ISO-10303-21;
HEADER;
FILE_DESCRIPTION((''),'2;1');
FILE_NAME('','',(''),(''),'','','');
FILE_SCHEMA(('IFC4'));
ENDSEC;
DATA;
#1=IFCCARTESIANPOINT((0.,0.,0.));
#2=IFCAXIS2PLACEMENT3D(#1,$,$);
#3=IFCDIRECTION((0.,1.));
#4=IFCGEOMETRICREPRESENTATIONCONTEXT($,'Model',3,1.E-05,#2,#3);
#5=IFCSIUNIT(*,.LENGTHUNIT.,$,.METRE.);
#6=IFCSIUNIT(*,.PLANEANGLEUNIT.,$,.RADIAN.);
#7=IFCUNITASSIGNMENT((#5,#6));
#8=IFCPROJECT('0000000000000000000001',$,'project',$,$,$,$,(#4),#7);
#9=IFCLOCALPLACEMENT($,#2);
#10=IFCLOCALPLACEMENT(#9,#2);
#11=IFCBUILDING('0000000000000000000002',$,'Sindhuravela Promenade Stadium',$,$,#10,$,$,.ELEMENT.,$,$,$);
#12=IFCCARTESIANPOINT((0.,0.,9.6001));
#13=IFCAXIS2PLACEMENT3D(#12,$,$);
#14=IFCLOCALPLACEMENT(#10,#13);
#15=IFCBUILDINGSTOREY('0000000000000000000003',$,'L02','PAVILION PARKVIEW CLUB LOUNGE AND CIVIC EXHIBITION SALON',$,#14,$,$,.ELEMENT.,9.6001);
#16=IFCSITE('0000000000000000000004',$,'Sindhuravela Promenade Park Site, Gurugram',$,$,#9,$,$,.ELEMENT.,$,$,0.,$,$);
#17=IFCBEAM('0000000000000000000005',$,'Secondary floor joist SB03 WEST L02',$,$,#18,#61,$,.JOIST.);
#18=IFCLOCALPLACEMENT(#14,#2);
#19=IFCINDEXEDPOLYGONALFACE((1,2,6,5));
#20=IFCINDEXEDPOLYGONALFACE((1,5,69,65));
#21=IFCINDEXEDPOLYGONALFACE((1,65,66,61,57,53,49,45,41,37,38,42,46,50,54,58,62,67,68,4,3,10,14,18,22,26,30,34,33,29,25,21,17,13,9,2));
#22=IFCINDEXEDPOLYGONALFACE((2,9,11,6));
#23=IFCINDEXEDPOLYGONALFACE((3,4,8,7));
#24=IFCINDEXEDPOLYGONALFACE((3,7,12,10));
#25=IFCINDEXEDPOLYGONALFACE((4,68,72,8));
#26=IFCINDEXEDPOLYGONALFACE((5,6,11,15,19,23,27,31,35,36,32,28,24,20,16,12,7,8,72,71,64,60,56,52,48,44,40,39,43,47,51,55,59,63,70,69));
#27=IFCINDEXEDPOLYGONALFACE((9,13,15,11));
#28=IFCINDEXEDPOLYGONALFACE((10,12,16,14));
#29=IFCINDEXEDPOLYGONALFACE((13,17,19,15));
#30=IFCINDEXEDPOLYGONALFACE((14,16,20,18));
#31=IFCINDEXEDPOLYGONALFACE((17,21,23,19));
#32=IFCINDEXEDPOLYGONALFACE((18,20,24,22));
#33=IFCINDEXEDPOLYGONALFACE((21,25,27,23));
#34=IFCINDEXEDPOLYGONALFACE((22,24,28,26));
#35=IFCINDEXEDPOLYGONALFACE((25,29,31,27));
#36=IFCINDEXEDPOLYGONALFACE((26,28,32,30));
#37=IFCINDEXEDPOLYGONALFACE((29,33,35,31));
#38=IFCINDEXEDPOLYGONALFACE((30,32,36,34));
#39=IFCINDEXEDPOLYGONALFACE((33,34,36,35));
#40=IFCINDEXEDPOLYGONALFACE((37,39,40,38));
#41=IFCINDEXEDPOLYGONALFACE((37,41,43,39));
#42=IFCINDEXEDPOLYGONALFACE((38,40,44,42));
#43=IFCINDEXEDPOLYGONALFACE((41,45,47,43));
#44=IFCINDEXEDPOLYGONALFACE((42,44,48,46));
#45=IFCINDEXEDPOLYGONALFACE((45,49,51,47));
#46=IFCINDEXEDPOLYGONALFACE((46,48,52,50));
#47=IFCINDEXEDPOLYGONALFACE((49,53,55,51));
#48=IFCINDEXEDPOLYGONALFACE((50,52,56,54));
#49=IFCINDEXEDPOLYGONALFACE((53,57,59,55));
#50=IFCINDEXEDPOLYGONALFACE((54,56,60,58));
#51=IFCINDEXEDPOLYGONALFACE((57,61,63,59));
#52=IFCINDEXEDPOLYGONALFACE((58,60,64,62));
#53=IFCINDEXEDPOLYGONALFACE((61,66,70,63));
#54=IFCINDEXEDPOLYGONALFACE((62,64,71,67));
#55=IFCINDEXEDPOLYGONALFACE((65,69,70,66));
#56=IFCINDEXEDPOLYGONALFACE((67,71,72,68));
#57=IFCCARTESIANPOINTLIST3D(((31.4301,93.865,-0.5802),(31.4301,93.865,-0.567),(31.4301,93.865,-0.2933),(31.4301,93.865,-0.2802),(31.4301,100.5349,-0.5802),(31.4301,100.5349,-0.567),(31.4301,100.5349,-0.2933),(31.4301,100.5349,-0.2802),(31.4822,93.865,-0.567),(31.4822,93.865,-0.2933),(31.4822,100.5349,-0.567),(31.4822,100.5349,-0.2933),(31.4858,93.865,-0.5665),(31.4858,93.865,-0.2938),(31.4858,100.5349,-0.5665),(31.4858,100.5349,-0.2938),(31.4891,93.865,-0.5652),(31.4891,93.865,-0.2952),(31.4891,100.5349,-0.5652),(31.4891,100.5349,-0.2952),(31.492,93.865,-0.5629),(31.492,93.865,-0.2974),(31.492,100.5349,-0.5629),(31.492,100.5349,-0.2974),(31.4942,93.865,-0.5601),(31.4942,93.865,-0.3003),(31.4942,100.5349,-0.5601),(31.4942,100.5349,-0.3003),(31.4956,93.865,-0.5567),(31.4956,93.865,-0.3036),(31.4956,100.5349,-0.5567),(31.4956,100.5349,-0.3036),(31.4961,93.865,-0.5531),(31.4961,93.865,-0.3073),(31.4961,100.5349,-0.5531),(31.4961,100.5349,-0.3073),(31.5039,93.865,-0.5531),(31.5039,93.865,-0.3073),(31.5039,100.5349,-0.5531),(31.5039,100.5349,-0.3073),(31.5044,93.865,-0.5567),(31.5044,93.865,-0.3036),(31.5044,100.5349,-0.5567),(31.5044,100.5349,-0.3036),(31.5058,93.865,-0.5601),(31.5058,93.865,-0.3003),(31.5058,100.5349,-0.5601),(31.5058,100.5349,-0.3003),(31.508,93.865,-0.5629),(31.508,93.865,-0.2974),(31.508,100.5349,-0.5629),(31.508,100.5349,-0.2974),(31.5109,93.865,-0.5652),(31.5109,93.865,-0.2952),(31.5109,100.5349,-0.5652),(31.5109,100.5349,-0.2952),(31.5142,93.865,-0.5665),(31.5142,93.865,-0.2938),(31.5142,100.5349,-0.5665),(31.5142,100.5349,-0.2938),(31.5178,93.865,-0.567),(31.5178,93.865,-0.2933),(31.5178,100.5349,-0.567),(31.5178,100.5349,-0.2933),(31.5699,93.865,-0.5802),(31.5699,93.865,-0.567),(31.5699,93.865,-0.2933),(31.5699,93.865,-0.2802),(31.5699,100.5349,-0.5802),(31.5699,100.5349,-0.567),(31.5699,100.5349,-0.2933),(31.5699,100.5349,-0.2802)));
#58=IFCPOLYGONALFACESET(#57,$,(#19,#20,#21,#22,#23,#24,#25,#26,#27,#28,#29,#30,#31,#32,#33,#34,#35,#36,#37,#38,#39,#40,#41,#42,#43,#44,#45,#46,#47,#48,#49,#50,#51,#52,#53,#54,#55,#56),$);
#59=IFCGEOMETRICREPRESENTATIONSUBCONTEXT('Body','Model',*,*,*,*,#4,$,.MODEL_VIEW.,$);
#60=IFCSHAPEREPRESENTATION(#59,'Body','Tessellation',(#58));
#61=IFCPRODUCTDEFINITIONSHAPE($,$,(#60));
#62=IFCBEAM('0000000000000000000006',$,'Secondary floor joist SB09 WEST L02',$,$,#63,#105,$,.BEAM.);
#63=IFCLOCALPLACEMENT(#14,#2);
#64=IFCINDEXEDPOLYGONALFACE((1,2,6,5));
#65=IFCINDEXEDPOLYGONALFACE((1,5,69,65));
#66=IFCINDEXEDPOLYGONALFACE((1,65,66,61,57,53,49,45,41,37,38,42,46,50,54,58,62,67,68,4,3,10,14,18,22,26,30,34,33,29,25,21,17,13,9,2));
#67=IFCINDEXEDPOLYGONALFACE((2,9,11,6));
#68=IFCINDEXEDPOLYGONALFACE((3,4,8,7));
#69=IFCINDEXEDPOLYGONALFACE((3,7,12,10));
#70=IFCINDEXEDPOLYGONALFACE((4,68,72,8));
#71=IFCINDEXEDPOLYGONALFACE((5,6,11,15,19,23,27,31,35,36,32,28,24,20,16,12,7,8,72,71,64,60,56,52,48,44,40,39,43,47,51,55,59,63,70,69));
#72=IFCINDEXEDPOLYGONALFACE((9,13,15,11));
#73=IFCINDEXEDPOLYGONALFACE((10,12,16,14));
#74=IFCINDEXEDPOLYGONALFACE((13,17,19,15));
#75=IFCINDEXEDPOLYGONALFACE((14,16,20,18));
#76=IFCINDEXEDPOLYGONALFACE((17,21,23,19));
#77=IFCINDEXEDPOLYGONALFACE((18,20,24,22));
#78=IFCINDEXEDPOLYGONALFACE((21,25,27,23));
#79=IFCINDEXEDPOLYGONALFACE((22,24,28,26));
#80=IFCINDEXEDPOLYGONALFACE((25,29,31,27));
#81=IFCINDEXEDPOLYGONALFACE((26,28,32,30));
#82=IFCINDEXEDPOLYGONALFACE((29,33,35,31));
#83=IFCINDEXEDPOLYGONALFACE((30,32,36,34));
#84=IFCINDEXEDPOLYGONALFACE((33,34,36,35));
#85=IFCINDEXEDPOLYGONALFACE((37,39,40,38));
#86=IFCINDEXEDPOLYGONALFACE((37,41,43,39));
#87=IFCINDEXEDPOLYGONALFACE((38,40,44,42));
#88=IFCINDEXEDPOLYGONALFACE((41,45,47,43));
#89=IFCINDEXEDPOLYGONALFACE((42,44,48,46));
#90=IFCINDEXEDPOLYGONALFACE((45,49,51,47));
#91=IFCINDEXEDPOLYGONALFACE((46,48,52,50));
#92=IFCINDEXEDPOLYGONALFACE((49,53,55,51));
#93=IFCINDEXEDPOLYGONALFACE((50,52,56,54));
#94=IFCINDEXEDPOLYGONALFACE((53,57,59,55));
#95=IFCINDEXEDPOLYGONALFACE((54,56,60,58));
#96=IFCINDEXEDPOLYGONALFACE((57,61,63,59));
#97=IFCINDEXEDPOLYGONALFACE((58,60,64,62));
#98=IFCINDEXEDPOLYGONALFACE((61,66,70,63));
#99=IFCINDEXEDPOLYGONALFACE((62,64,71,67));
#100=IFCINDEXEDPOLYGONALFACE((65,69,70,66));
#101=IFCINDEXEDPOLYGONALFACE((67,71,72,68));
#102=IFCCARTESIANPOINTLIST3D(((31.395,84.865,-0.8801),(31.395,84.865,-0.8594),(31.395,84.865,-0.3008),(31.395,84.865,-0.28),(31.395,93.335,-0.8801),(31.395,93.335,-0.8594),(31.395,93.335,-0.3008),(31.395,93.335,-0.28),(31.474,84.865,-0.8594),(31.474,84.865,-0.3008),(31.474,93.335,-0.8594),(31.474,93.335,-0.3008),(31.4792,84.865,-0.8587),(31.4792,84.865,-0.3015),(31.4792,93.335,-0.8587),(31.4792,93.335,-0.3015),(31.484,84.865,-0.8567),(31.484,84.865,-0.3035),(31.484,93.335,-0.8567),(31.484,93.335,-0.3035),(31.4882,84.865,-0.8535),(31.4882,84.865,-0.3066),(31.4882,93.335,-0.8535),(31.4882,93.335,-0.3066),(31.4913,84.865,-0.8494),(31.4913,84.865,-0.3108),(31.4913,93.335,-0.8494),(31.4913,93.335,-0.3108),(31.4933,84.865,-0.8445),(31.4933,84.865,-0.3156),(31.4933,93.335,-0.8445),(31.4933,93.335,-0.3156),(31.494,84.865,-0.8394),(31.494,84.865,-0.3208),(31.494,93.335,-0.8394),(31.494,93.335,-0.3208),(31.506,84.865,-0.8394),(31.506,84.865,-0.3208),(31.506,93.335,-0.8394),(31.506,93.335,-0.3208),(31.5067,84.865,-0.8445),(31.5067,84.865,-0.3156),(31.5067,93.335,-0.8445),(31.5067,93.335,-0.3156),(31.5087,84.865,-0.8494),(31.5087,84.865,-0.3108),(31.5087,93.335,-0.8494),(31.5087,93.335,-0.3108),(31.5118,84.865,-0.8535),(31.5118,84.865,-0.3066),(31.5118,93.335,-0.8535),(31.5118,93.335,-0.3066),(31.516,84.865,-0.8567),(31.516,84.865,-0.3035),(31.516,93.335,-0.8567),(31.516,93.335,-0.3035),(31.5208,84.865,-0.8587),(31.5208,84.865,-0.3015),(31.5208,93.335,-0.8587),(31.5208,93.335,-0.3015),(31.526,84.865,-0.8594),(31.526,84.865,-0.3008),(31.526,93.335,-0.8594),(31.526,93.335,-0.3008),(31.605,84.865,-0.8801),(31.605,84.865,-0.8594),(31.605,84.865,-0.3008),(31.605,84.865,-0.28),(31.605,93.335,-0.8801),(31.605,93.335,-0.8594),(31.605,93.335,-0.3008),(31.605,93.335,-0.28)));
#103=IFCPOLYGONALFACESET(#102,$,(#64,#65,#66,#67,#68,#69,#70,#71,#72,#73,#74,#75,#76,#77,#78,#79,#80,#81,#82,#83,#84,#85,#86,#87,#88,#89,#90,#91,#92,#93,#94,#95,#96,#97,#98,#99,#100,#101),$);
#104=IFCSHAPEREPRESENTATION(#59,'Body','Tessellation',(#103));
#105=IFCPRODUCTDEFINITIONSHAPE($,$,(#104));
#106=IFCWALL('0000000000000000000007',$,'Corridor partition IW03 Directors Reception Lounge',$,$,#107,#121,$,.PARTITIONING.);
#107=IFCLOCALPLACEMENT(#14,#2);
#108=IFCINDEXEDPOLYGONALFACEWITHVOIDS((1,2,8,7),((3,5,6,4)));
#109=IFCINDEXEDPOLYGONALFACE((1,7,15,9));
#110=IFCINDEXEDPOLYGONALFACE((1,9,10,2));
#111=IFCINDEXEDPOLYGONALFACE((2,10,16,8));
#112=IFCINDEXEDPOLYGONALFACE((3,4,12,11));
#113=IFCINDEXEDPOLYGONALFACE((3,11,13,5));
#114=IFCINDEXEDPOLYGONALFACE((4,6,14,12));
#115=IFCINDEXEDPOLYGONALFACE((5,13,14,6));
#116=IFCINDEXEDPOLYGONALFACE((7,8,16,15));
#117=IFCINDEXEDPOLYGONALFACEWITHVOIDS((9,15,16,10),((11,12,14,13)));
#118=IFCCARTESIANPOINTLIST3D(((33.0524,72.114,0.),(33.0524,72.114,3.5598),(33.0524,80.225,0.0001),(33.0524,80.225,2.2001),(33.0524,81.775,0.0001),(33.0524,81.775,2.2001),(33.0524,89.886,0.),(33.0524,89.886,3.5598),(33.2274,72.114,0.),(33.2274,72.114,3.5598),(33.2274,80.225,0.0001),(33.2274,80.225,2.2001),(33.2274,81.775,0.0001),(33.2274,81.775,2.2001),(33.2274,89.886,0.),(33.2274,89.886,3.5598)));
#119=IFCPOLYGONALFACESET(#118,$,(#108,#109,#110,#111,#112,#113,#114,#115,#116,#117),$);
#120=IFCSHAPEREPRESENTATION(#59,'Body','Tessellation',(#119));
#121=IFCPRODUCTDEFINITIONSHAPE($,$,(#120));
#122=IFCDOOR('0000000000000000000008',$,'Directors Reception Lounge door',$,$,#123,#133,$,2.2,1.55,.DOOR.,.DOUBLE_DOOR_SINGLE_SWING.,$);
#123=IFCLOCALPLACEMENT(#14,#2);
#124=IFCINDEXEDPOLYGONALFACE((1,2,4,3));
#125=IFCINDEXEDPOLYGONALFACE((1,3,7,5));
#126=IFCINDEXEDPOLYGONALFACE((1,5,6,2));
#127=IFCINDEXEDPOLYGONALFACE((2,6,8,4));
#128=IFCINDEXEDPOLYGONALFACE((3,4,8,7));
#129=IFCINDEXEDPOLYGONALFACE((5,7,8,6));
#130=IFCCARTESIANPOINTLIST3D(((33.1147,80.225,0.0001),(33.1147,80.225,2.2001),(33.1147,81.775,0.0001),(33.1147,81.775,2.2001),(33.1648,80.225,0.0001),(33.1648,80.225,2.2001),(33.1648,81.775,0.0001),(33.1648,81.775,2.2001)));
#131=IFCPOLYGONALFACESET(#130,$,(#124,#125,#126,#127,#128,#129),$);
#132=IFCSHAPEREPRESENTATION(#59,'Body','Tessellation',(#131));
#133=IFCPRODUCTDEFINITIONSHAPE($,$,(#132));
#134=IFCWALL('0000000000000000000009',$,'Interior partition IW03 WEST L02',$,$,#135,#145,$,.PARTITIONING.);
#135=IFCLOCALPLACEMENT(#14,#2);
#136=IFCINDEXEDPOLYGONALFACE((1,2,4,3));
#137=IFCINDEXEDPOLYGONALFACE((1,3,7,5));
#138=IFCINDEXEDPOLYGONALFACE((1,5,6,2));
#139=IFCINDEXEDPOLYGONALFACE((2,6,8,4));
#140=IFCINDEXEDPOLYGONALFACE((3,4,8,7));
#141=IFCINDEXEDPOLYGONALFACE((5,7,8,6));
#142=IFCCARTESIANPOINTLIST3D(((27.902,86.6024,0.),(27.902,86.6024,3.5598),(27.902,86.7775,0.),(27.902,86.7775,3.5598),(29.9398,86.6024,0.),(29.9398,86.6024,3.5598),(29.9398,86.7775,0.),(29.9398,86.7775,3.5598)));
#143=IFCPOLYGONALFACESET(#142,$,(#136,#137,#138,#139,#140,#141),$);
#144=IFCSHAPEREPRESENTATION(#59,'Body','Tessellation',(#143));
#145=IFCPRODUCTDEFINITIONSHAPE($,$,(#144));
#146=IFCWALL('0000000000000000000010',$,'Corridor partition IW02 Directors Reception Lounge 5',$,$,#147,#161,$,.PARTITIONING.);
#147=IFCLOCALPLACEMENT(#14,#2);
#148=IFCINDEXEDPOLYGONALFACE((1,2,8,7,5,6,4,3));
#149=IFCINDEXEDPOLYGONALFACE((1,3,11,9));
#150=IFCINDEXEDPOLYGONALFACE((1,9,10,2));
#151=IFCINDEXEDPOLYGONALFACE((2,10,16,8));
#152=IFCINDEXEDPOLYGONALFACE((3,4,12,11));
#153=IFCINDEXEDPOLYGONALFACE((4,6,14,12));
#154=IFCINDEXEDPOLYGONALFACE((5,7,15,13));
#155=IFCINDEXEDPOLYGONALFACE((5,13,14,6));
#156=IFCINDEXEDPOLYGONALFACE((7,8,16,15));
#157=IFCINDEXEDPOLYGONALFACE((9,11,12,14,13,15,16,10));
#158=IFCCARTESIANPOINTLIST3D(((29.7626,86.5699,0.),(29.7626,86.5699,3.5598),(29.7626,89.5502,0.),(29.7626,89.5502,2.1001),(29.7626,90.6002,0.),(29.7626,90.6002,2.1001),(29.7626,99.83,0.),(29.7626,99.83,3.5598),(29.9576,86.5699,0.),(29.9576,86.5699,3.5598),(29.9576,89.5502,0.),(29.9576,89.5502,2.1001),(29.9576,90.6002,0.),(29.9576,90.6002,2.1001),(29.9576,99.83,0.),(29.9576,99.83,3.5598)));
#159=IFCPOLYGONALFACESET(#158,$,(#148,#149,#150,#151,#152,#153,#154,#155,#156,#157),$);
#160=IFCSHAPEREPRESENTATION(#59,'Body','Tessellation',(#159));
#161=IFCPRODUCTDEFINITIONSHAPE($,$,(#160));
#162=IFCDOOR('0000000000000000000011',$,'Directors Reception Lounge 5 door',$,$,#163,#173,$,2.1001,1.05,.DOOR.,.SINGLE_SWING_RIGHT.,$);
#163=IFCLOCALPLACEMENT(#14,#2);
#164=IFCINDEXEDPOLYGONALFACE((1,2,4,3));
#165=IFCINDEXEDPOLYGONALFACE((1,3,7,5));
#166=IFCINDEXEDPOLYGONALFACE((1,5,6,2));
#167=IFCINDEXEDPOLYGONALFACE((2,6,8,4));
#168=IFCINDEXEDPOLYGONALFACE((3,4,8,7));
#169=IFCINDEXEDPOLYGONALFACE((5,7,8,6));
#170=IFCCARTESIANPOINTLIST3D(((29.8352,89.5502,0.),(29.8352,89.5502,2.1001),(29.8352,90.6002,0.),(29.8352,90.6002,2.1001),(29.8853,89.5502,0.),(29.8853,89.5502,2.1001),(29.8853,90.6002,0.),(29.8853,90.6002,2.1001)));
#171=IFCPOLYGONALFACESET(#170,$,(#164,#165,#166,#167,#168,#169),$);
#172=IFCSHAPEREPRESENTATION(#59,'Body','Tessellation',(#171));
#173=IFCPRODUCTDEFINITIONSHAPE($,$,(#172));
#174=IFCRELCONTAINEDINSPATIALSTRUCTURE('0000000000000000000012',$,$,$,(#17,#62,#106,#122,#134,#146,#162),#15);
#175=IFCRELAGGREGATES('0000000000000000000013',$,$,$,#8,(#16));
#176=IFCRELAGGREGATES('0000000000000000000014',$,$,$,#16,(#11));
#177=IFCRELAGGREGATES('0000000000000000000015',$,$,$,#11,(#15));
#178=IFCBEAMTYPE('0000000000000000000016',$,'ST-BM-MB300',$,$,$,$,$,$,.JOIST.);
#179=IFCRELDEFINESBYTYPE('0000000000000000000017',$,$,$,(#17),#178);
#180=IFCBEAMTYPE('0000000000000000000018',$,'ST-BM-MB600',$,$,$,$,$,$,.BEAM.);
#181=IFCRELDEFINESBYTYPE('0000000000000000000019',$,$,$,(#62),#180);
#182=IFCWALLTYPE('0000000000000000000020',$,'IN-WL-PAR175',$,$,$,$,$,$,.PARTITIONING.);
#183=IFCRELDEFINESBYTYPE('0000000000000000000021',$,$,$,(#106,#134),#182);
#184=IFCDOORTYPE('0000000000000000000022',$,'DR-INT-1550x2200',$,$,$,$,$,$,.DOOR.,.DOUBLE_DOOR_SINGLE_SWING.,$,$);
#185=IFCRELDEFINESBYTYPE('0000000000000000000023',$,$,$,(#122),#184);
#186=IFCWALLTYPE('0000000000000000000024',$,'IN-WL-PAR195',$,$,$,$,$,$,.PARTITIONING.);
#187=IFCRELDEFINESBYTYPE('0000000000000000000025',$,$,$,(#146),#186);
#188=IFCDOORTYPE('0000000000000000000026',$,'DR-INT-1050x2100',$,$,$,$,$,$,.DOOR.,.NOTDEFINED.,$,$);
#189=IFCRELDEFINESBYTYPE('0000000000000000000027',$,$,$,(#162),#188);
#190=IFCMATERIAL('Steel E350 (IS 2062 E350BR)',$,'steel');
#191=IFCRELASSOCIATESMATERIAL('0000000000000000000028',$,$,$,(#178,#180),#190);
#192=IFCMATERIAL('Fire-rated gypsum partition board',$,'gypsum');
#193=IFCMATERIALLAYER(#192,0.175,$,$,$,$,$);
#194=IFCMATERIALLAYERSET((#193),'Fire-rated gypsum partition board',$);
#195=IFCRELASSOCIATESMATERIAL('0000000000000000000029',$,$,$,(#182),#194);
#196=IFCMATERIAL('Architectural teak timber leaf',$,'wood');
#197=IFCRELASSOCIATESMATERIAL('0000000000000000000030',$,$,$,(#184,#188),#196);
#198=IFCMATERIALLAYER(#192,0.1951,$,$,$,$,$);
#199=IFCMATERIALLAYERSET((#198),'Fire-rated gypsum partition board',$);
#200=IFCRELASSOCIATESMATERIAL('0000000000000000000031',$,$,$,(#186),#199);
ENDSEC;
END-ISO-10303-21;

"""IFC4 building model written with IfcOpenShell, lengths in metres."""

from ifc_helpers import new_model, si_unit, direction, frame, frame_2d, origin, origin_2d, place, context, subcontext, project, spatial, rectangle, i_section, extrude, material, layer, layer_set, material_profile, profile_set, type_object, element, fill, save


model = new_model("IFC4")

# Units and contexts
model_context = context("Model", 3, precision=1e-05, world=origin(), true_north=direction((0.0, 1.0)))
body_context = subcontext(model_context, "Body", "Model", "MODEL_VIEW")
ifc_project = project(units=[si_unit("LENGTHUNIT", "METRE"), si_unit("PLANEANGLEUNIT", "RADIAN")], contexts=[model_context])

# Site, building, storey
site_placement = place(None, origin())
site = spatial("IfcSite", under=ifc_project, at=site_placement, Name="Sindhuravela Promenade Park Site, Gurugram", CompositionType="ELEMENT", RefElevation=0.0)
building_placement = place(site_placement, origin())
building = spatial("IfcBuilding", under=site, at=building_placement, Name="Sindhuravela Promenade Stadium", CompositionType="ELEMENT")
storey_placement = place(building_placement, frame((0.0, 0.0, 9.6001)))
storey = spatial("IfcBuildingStorey", under=building, at=storey_placement, Name="L02", Description="PAVILION PARKVIEW CLUB LOUNGE AND CIVIC EXHIBITION SALON", CompositionType="ELEMENT", Elevation=9.6001)

# Beams
ifc_material_1 = material(Name="Steel E350 (IS 2062 E350BR)", Category="steel")
ifc_material_profile_1 = material_profile(ifc_material_1, i_section(OverallWidth=0.1399, OverallDepth=0.3, WebThickness=0.0078, FlangeThickness=0.0132, FilletRadius=0.0139, at=origin_2d()), Name="ISMB 300")
ifc_profile_set_1 = profile_set([ifc_material_profile_1], Name="Steel E350 (IS 2062 E350BR)")
beam_type_1 = type_object("IfcBeamType", Name="ST-BM-MB300", PredefinedType="JOIST", material=ifc_profile_set_1)
beam_1_placement = place(storey_placement, frame((31.5, 93.865, -0.4302), z_axis=(0.0, 1.0, 0.0), x_axis=(-1.0, 0.0, 0.0)))
element("IfcBeam", 1, at=beam_1_placement, inside=storey, type_object=beam_type_1, Name="Secondary floor joist SB03 WEST L02", PredefinedType="JOIST", context=body_context, shape_type="SweptSolid", body=[
    extrude(i_section(OverallWidth=0.1399, OverallDepth=0.3, WebThickness=0.0078, FlangeThickness=0.0132, FilletRadius=0.0139, at=origin_2d()), origin(), (0.0, 0.0, 1.0), 6.6699),
])
ifc_material_profile_2 = material_profile(ifc_material_1, i_section(OverallWidth=0.21, OverallDepth=0.6001, WebThickness=0.012, FlangeThickness=0.0208, FilletRadius=0.02, at=origin_2d()), Name="ISMB 600")
ifc_profile_set_2 = profile_set([ifc_material_profile_2], Name="Steel E350 (IS 2062 E350BR)")
beam_type_2 = type_object("IfcBeamType", Name="ST-BM-MB600", PredefinedType="BEAM", material=ifc_profile_set_2)
beam_2_placement = place(storey_placement, frame((31.5, 84.865, -0.5801), z_axis=(0.0, 1.0, 0.0), x_axis=(-1.0, 0.0, 0.0)))
element("IfcBeam", 2, at=beam_2_placement, inside=storey, type_object=beam_type_2, Name="Secondary floor joist SB09 WEST L02", PredefinedType="BEAM", context=body_context, shape_type="SweptSolid", body=[
    extrude(i_section(OverallWidth=0.21, OverallDepth=0.6001, WebThickness=0.012, FlangeThickness=0.0208, FilletRadius=0.02, at=origin_2d()), origin(), (0.0, 0.0, 1.0), 8.47),
])

# Wall, opening, door
ifc_material_2 = material(Name="Fire-rated gypsum partition board", Category="gypsum")
ifc_layer_1 = layer(ifc_material_2, 0.175)
ifc_layer_set_1 = layer_set([ifc_layer_1], Name="Fire-rated gypsum partition board")
wall_type_1 = type_object("IfcWallType", Name="IN-WL-PAR175", PredefinedType="PARTITIONING", material=ifc_layer_set_1)
wall_1_placement = place(storey_placement, frame((33.1399, 89.886, 0.0), z_axis=(0.0, 0.0, 1.0), x_axis=(0.0, -1.0, 0.0)))
wall_1 = element("IfcWall", 3, at=wall_1_placement, inside=storey, type_object=wall_type_1, Name="Corridor partition IW03 Directors Reception Lounge", PredefinedType="PARTITIONING", context=body_context, shape_type="SweptSolid", body=[
    extrude(rectangle(XDim=17.772, YDim=0.175, at=frame_2d((8.886, 0.0))), origin(), (0.0, 0.0, 1.0), 3.5598),
])
opening_1_placement = place(wall_1_placement, frame((8.1111, 0.0, 0.0)))
opening_1 = element("IfcOpeningElement", 4, at=opening_1_placement, cuts=wall_1, PredefinedType="OPENING", context=body_context, shape_type="SweptSolid", body=[
    extrude(rectangle(XDim=1.55, YDim=2.2, at=frame_2d((0.7749, 1.1001))), frame((0.0, 0.0974, 0.0), z_axis=(0.0, -1.0, 0.0), x_axis=(1.0, 0.0, 0.0)), (0.0, 0.0, 1.0), 0.1951),
])
ifc_material_3 = material(Name="Architectural teak timber leaf", Category="wood")
door_type_1 = type_object("IfcDoorType", Name="DR-INT-1550x2200", OperationType="DOUBLE_DOOR_SINGLE_SWING", PredefinedType="DOOR", material=ifc_material_3)
door_1_placement = place(opening_1_placement, origin())
door_1 = element("IfcDoor", 5, at=door_1_placement, inside=storey, type_object=door_type_1, Name="Directors Reception Lounge door", OperationType="DOUBLE_DOOR_SINGLE_SWING", OverallHeight=2.2, OverallWidth=1.55, PredefinedType="DOOR", context=body_context, shape_type="SweptSolid", body=[
    extrude(rectangle(XDim=1.55, YDim=2.2, at=frame_2d((0.7749, 1.1001))), frame((0.0, 0.0249, 0.0), z_axis=(0.0, -1.0, 0.0), x_axis=(1.0, 0.0, 0.0)), (0.0, 0.0, 1.0), 0.05),
])
fill(opening_1, door_1)

# Wall
wall_2_placement = place(storey_placement, frame((29.9399, 86.6899, 0.0), z_axis=(0.0, 0.0, 1.0), x_axis=(-1.0, 0.0, 0.0)))
element("IfcWall", 6, at=wall_2_placement, inside=storey, type_object=wall_type_1, Name="Interior partition IW03 WEST L02", PredefinedType="PARTITIONING", context=body_context, shape_type="SweptSolid", body=[
    extrude(rectangle(XDim=2.0378, YDim=0.175, at=frame_2d((1.019, 0.0))), origin(), (0.0, 0.0, 1.0), 3.5598),
])

# Wall, opening, door
ifc_layer_2 = layer(ifc_material_2, 0.1951)
ifc_layer_set_2 = layer_set([ifc_layer_2], Name="Fire-rated gypsum partition board")
wall_type_2 = type_object("IfcWallType", Name="IN-WL-PAR195", PredefinedType="PARTITIONING", material=ifc_layer_set_2)
wall_3_placement = place(storey_placement, frame((29.8601, 86.5701, 0.0), z_axis=(0.0, 0.0, 1.0), x_axis=(0.0, 1.0, 0.0)))
wall_3 = element("IfcWall", 7, at=wall_3_placement, inside=storey, type_object=wall_type_2, Name="Corridor partition IW02 Directors Reception Lounge 5", PredefinedType="PARTITIONING", context=body_context, shape_type="SweptSolid", body=[
    extrude(rectangle(XDim=13.26, YDim=0.1951, at=frame_2d((6.6299, 0.0))), origin(), (0.0, 0.0, 1.0), 3.5598),
])
opening_2_placement = place(wall_3_placement, frame((2.9802, 0.0, 0.0)))
opening_2 = element("IfcOpeningElement", 8, at=opening_2_placement, cuts=wall_3, PredefinedType="OPENING", context=body_context, shape_type="SweptSolid", body=[
    extrude(rectangle(XDim=1.05, YDim=2.1001, at=frame_2d((0.5249, 1.05))), frame((0.0, 0.1074, 0.0), z_axis=(0.0, -1.0, 0.0), x_axis=(1.0, 0.0, 0.0)), (0.0, 0.0, 1.0), 0.2151),
])
door_type_2 = type_object("IfcDoorType", Name="DR-INT-1050x2100", OperationType="NOTDEFINED", PredefinedType="DOOR", material=ifc_material_3)
door_2_placement = place(opening_2_placement, origin())
door_2 = element("IfcDoor", 9, at=door_2_placement, inside=storey, type_object=door_type_2, Name="Directors Reception Lounge 5 door", OperationType="SINGLE_SWING_RIGHT", OverallHeight=2.1001, OverallWidth=1.05, PredefinedType="DOOR", context=body_context, shape_type="SweptSolid", body=[
    extrude(rectangle(XDim=1.05, YDim=2.1001, at=frame_2d((0.5249, 1.05))), frame((0.0, 0.0249, 0.0), z_axis=(0.0, -1.0, 0.0), x_axis=(1.0, 0.0, 0.0)), (0.0, 0.0, 1.0), 0.05),
])
fill(opening_2, door_2)

save(model, "model.ifc")
